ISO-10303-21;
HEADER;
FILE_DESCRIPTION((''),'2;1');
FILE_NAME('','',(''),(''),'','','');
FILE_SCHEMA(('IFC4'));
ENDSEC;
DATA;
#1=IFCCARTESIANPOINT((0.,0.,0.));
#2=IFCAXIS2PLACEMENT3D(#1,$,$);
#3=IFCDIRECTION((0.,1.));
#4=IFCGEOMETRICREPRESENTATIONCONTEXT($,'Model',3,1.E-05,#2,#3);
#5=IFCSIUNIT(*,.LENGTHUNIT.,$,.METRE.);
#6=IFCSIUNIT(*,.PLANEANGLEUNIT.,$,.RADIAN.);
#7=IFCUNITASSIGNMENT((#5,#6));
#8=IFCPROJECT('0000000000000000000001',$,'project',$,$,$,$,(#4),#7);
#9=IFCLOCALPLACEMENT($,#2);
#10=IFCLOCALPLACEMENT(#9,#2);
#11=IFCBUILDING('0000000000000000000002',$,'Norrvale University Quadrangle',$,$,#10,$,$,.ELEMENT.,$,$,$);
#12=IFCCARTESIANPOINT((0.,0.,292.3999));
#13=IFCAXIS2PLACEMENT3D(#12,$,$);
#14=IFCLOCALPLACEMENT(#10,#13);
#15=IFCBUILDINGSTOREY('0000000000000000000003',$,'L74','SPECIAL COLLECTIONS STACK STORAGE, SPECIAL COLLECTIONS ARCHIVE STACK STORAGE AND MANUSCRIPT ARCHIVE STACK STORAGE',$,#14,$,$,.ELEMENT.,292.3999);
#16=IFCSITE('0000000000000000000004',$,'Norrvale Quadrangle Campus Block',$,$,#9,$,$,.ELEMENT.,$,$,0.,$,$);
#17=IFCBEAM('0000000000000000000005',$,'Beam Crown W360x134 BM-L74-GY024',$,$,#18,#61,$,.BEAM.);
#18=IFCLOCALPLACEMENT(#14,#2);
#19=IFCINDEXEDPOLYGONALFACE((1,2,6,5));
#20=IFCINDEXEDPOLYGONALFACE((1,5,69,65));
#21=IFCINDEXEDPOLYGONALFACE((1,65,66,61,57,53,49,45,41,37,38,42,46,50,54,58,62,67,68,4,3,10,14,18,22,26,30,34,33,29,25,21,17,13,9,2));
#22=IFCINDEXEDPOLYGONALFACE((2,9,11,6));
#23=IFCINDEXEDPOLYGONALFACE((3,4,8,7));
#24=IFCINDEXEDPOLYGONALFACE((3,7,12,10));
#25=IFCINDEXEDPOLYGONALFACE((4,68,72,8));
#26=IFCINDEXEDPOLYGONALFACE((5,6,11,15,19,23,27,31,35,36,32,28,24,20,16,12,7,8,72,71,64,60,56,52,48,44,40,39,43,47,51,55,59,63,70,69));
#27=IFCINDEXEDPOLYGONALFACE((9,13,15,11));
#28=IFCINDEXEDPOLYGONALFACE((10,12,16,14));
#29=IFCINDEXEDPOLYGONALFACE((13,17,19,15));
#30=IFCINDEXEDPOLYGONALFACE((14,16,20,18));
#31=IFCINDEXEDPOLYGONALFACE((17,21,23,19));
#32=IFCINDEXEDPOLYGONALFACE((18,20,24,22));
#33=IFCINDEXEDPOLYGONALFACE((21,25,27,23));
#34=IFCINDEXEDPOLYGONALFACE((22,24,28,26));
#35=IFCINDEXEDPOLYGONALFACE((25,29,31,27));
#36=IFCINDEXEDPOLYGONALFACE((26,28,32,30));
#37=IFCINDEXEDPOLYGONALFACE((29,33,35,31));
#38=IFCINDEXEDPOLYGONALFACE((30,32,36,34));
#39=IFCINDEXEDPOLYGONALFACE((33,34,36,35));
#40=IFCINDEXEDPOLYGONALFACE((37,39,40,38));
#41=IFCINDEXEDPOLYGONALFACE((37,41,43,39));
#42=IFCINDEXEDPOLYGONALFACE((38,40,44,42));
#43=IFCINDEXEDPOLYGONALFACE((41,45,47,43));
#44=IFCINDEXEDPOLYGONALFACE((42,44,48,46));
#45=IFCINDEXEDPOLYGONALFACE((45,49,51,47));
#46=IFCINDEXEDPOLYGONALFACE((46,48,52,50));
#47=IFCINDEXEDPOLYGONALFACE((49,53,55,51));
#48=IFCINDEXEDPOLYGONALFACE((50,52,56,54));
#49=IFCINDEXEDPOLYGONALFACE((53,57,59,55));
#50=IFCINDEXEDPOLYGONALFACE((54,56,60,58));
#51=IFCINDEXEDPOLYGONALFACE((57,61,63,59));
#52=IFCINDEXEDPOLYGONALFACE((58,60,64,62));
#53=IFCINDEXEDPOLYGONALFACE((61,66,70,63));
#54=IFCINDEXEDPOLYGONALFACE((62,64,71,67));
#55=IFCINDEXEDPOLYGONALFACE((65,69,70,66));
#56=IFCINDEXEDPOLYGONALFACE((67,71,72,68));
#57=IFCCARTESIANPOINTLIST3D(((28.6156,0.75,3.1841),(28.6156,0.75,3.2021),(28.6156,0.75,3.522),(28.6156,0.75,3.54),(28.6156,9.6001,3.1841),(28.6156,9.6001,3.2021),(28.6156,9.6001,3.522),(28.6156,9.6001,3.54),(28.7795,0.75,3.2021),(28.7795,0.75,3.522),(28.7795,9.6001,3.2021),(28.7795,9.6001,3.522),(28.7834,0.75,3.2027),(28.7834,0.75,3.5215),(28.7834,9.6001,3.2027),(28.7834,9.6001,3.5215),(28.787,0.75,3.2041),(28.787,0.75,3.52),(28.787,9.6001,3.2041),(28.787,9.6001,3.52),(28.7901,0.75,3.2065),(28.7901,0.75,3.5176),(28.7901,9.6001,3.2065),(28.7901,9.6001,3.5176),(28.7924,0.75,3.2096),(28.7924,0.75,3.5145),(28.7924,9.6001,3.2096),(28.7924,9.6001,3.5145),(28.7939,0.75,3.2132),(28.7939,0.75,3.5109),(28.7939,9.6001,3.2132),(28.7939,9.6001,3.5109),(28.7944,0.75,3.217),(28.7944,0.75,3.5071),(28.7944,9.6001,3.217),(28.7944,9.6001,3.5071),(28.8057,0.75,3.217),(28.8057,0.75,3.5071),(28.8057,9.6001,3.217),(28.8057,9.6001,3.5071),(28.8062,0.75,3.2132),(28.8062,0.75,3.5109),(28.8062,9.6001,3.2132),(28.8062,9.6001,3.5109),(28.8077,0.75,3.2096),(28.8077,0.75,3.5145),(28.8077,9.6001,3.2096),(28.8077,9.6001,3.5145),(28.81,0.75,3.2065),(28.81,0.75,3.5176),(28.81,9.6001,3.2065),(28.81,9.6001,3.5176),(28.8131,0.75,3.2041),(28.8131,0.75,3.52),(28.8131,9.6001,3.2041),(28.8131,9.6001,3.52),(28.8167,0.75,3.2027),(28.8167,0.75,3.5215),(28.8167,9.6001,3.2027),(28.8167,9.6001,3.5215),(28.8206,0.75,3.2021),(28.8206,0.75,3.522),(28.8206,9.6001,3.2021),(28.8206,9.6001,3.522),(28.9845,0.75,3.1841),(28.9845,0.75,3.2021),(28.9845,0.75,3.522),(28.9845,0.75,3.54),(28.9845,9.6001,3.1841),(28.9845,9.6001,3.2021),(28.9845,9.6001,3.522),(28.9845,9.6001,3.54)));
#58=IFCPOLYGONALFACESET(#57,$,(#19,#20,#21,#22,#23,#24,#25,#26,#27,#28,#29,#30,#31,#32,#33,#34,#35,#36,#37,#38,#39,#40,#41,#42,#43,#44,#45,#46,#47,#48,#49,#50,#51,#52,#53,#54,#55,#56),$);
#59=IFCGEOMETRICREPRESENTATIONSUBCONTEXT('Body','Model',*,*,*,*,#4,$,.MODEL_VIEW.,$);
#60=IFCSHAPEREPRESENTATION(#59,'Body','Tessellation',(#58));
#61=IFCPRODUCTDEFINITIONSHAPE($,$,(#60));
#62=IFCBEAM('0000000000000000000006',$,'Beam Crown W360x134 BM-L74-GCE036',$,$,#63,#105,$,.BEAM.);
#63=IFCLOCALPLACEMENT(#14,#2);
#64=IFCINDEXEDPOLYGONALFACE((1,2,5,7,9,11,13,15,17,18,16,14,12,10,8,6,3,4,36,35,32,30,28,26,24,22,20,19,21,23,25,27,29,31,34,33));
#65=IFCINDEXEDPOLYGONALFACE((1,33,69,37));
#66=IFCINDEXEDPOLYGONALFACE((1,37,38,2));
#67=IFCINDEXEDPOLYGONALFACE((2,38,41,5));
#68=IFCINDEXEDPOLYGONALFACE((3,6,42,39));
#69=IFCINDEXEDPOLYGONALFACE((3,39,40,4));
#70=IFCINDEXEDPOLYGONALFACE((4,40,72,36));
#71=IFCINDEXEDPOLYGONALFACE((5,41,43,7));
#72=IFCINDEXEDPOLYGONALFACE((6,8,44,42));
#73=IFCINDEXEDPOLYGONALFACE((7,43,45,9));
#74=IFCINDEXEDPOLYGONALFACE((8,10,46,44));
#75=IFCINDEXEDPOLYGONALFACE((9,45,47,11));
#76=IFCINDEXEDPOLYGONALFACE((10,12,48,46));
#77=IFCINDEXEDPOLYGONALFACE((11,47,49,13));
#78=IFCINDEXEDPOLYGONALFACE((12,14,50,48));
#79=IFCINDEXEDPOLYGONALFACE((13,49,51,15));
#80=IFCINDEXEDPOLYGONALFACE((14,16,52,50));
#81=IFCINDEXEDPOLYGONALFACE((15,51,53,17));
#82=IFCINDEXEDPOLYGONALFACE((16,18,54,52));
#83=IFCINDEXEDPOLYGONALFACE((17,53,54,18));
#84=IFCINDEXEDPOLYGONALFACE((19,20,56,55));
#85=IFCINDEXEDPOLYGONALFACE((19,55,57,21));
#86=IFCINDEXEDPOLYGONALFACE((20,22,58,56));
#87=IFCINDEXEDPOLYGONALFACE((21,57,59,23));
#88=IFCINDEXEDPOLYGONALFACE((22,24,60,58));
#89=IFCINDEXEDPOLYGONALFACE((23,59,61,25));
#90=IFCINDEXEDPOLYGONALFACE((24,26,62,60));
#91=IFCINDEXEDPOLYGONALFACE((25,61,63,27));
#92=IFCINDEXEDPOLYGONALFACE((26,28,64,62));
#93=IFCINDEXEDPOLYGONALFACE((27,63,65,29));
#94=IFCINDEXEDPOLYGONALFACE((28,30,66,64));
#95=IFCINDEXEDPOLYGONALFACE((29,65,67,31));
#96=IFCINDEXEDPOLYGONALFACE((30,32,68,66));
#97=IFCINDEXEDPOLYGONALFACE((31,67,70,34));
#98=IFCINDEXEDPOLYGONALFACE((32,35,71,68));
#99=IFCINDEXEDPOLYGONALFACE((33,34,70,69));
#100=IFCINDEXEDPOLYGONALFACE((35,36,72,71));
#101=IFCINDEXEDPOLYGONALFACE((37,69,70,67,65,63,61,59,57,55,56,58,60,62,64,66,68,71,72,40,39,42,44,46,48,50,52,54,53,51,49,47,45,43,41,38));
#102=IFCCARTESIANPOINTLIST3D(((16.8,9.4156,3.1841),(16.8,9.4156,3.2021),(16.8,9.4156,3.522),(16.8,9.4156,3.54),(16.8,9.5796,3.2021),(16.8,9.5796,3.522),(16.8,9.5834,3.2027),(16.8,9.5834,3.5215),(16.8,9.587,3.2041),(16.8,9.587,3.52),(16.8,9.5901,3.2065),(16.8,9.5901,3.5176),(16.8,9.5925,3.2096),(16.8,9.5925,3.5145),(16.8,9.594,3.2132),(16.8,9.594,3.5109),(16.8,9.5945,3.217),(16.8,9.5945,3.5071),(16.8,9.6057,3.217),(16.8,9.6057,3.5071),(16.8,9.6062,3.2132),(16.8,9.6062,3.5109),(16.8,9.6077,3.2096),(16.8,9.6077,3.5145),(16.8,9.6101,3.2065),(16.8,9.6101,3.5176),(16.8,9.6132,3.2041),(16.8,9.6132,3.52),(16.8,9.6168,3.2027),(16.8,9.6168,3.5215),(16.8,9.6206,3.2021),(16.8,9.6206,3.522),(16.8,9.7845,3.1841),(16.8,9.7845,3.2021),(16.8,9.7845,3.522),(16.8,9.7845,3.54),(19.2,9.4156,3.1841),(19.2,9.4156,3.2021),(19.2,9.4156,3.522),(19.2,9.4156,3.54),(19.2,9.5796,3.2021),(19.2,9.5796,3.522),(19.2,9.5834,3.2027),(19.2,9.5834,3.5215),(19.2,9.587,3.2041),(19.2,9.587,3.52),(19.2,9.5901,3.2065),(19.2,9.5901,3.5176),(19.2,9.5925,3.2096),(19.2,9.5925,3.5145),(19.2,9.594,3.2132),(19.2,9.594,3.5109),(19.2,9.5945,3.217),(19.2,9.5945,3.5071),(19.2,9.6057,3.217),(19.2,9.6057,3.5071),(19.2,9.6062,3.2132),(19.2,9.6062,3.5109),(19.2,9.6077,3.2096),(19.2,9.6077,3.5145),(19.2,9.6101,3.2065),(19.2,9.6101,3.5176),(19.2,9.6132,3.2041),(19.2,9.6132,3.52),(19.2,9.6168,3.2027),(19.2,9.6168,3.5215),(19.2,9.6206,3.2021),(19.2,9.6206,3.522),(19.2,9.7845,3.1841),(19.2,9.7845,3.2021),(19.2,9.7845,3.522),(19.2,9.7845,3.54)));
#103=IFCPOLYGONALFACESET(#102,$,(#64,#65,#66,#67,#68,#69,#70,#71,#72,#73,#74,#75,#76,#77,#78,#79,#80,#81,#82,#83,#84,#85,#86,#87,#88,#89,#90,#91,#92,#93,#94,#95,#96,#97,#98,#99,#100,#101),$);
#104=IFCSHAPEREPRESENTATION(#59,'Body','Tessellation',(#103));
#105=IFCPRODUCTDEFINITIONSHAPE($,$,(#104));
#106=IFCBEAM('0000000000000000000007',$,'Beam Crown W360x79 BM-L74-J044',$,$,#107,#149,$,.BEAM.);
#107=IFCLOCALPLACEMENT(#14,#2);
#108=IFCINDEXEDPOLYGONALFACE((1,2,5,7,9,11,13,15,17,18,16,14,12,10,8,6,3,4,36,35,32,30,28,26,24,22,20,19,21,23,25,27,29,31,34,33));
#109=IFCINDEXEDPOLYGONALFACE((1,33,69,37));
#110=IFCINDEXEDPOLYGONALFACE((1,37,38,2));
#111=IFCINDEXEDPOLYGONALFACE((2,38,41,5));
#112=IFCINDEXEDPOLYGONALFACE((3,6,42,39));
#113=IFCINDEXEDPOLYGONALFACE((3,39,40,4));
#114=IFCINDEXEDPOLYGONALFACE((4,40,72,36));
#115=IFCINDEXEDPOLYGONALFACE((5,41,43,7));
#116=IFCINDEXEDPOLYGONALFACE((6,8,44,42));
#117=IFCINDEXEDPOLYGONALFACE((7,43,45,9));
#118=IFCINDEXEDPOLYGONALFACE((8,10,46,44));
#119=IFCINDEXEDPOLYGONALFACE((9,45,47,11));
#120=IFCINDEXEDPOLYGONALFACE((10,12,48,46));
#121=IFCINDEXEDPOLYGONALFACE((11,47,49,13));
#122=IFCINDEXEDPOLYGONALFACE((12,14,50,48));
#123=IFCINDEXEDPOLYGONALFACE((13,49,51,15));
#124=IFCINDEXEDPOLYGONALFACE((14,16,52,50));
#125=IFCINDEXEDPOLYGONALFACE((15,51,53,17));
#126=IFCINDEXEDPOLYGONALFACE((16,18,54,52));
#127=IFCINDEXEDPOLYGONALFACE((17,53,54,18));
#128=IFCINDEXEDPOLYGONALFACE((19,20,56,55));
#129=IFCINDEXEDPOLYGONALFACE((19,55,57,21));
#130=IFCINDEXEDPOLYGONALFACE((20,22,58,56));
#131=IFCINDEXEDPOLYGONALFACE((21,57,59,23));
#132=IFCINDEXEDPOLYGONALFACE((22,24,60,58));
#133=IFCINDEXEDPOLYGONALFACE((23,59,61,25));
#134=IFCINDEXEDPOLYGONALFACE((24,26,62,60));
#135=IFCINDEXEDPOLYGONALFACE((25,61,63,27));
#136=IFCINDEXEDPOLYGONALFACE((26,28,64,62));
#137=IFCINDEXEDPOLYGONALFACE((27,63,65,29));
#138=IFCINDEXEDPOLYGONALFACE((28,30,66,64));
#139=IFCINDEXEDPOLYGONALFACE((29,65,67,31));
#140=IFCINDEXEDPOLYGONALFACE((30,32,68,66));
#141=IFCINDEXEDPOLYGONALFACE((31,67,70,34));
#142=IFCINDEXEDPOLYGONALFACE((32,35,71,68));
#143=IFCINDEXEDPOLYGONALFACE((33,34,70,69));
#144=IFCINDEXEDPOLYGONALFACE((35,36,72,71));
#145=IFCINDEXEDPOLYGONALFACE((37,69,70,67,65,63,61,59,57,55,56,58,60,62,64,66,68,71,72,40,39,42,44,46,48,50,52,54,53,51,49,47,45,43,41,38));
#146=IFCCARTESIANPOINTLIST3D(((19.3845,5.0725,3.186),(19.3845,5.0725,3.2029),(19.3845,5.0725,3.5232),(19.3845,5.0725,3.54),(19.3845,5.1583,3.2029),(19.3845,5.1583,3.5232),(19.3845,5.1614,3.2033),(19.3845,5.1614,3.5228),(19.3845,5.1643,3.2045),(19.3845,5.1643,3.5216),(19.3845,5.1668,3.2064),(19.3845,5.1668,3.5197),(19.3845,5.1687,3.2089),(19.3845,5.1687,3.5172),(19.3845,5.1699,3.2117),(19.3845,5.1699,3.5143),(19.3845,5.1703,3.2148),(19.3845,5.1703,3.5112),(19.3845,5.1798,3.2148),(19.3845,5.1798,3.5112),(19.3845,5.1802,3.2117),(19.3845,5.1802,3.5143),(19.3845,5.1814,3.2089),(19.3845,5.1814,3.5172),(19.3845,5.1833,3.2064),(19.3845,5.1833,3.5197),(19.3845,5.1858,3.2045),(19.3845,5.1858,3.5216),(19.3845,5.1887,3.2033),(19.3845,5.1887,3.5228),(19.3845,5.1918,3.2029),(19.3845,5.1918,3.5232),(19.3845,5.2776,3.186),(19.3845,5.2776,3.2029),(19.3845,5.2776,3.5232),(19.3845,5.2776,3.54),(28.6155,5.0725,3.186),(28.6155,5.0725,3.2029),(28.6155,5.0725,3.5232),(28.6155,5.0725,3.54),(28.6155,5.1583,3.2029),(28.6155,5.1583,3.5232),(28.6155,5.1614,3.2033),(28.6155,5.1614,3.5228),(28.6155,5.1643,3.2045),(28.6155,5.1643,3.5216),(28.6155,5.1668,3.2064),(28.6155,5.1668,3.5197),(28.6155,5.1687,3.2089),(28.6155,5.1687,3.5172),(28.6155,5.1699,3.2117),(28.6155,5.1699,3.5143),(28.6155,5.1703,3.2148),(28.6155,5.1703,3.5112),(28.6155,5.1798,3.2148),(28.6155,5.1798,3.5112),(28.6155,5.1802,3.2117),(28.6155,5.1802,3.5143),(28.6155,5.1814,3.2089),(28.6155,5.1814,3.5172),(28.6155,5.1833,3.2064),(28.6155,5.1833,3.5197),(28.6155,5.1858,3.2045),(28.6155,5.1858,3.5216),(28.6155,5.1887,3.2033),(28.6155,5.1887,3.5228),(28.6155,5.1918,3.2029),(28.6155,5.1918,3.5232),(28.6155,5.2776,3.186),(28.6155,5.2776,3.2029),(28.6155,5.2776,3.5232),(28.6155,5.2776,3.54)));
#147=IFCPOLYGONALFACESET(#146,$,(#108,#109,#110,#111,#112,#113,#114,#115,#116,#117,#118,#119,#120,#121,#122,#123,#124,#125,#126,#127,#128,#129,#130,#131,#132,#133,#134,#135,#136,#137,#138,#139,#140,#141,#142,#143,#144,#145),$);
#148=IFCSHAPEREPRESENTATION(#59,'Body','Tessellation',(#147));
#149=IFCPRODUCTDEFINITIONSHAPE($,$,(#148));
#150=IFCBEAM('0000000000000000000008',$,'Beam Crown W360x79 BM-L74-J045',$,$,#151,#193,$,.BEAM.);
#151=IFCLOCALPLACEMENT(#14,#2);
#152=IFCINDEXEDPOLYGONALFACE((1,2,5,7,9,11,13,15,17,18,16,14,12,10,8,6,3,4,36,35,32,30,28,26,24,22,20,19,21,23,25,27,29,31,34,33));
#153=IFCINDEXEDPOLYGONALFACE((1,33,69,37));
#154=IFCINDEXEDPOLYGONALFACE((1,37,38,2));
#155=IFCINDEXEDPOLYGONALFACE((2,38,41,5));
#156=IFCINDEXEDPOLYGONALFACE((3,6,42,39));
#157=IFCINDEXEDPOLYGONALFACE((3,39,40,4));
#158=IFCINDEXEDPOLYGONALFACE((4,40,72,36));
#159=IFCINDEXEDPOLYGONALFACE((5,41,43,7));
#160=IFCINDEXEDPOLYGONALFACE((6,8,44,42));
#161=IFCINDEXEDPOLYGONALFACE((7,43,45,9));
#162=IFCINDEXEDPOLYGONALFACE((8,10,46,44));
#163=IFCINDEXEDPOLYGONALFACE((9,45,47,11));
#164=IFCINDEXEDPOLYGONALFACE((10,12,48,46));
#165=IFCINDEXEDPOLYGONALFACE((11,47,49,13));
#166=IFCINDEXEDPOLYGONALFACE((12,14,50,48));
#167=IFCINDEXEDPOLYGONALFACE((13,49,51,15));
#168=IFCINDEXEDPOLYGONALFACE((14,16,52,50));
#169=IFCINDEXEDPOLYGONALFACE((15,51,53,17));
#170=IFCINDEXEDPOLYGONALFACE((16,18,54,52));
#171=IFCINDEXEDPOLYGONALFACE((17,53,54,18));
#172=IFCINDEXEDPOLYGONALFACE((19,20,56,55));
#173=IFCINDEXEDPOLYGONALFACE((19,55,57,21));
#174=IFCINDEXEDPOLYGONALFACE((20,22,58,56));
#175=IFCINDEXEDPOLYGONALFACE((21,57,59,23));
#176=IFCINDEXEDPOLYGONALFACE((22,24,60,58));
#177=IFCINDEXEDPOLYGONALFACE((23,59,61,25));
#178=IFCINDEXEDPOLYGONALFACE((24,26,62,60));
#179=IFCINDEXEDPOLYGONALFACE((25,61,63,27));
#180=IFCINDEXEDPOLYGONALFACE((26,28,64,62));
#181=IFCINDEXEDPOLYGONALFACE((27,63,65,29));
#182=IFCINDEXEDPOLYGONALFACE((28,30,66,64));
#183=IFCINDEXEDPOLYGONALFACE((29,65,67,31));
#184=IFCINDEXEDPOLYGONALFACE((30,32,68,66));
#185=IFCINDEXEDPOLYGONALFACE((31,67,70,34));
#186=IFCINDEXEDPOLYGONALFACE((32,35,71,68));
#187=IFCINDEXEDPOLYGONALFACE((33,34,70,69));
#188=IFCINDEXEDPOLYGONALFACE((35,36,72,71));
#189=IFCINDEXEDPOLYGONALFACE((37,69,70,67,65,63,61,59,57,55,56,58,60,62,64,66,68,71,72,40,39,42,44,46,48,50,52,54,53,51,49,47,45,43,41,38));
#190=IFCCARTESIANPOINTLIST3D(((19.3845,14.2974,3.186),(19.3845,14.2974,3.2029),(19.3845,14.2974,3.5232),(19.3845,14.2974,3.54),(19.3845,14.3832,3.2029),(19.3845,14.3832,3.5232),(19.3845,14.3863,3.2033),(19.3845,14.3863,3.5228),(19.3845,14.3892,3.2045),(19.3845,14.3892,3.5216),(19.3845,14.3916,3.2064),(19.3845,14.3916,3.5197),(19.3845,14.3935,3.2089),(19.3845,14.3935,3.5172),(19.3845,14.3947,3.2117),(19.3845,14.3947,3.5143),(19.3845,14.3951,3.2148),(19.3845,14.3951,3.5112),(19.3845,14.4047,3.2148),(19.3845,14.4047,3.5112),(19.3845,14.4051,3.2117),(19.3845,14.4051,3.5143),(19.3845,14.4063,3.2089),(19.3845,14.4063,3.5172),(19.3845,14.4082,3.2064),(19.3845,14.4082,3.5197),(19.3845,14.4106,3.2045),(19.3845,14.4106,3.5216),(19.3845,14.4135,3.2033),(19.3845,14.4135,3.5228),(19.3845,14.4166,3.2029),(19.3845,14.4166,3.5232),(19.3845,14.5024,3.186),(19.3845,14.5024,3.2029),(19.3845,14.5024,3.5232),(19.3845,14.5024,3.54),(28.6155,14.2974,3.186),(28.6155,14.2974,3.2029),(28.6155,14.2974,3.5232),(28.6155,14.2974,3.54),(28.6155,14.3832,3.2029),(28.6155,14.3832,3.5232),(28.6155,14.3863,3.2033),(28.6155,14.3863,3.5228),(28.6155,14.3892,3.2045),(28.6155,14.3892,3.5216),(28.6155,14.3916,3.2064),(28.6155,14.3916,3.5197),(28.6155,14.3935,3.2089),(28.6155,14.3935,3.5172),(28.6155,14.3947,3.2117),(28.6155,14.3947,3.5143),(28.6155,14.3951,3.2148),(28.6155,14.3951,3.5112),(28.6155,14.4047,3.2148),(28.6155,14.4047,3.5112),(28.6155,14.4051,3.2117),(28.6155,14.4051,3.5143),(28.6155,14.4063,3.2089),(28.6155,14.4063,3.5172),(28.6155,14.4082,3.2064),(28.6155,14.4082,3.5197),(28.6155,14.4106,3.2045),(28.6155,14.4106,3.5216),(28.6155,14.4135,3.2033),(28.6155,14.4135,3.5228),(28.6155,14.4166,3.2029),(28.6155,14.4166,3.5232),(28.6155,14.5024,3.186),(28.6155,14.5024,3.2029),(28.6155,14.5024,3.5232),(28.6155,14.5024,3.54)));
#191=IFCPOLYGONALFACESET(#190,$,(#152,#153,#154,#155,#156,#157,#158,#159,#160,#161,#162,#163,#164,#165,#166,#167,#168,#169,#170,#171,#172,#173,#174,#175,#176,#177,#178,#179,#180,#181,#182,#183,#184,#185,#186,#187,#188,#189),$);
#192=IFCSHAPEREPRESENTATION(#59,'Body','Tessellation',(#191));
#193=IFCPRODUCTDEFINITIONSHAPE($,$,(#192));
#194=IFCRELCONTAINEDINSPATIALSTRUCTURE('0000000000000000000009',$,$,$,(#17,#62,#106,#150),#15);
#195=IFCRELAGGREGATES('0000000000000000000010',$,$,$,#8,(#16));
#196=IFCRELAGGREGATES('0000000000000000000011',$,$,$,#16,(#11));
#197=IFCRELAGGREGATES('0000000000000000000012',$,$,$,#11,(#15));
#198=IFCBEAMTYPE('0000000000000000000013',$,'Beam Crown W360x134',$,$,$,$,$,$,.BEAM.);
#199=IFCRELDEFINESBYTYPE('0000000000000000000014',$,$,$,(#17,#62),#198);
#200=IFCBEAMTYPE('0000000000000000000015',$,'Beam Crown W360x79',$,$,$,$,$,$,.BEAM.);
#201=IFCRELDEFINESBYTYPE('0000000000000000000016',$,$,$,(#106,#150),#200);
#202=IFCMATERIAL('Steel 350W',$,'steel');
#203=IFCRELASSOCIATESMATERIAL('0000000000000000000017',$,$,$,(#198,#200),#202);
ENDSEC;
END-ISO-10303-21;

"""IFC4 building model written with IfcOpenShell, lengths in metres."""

from ifc_helpers import new_model, si_unit, direction, frame, origin, origin_2d, place, context, subcontext, project, spatial, i_section, extrude, material, material_profile, profile_set, type_object, element, save


model = new_model("IFC4")

# Units and contexts
model_context = context("Model", 3, precision=1e-05, world=origin(), true_north=direction((0.0, 1.0)))
body_context = subcontext(model_context, "Body", "Model", "MODEL_VIEW")
ifc_project = project(units=[si_unit("LENGTHUNIT", "METRE"), si_unit("PLANEANGLEUNIT", "RADIAN")], contexts=[model_context])

# Site, building, storey
site_placement = place(None, origin())
site = spatial("IfcSite", under=ifc_project, at=site_placement, Name="Norrvale Quadrangle Campus Block", CompositionType="ELEMENT", RefElevation=0.0)
building_placement = place(site_placement, origin())
building = spatial("IfcBuilding", under=site, at=building_placement, Name="Norrvale University Quadrangle", CompositionType="ELEMENT")
storey_placement = place(building_placement, frame((0.0, 0.0, 292.3999)))
storey = spatial("IfcBuildingStorey", under=building, at=storey_placement, Name="L74", Description="SPECIAL COLLECTIONS STACK STORAGE, SPECIAL COLLECTIONS ARCHIVE STACK STORAGE AND MANUSCRIPT ARCHIVE STACK STORAGE", CompositionType="ELEMENT", Elevation=292.3999)

# Beams
ifc_material_1 = material(Name="Steel 350W", Category="steel")
ifc_material_profile_1 = material_profile(ifc_material_1, i_section(OverallWidth=0.3689, OverallDepth=0.356, WebThickness=0.0112, FlangeThickness=0.0181, FilletRadius=0.0149, at=origin_2d()), Name="Steel 350W")
ifc_profile_set_1 = profile_set([ifc_material_profile_1], Name="Steel 350W")
beam_type_1 = type_object("IfcBeamType", Name="Beam Crown W360x134", PredefinedType="BEAM", material=ifc_profile_set_1)
beam_1_placement = place(storey_placement, frame((28.8, 0.75, 3.3621), z_axis=(0.0, 1.0, 0.0), x_axis=(-1.0, 0.0, 0.0)))
element("IfcBeam", 1, at=beam_1_placement, inside=storey, type_object=beam_type_1, Name="Beam Crown W360x134 BM-L74-GY024", PredefinedType="BEAM", context=body_context, shape_type="SweptSolid", body=[
    extrude(i_section(OverallWidth=0.3689, OverallDepth=0.356, WebThickness=0.0112, FlangeThickness=0.0181, FilletRadius=0.0149, at=origin_2d()), origin(), (0.0, 0.0, 1.0), 8.8501),
])
beam_2_placement = place(storey_placement, frame((16.8, 9.6001, 3.3621), z_axis=(1.0, 0.0, 0.0), x_axis=(0.0, 1.0, 0.0)))
element("IfcBeam", 2, at=beam_2_placement, inside=storey, type_object=beam_type_1, Name="Beam Crown W360x134 BM-L74-GCE036", PredefinedType="BEAM", context=body_context, shape_type="SweptSolid", body=[
    extrude(i_section(OverallWidth=0.3689, OverallDepth=0.356, WebThickness=0.0112, FlangeThickness=0.0181, FilletRadius=0.0149, at=origin_2d()), origin(), (0.0, 0.0, 1.0), 2.3999),
])
ifc_material_profile_2 = material_profile(ifc_material_1, i_section(OverallWidth=0.2051, OverallDepth=0.354, WebThickness=0.0095, FlangeThickness=0.0168, FilletRadius=0.012, at=origin_2d()), Name="Steel 350W")
ifc_profile_set_2 = profile_set([ifc_material_profile_2], Name="Steel 350W")
beam_type_2 = type_object("IfcBeamType", Name="Beam Crown W360x79", PredefinedType="BEAM", material=ifc_profile_set_2)
for number, where, z_axis, x_axis, name in (
    (3, (19.3845, 5.175, 3.363), (1.0, 0.0, 0.0), (0.0, 1.0, 0.0), "Beam Crown W360x79 BM-L74-J044"),
    (4, (19.3845, 14.3999, 3.363), (1.0, 0.0, 0.0), (0.0, 1.0, 0.0), "Beam Crown W360x79 BM-L74-J045"),
):
    element("IfcBeam", number, at=place(storey_placement, frame(where, z_axis=z_axis, x_axis=x_axis)), inside=storey, type_object=beam_type_2, Name=name, PredefinedType="BEAM", context=body_context, shape_type="SweptSolid", body=[
        extrude(i_section(OverallWidth=0.2051, OverallDepth=0.354, WebThickness=0.0095, FlangeThickness=0.0168, FilletRadius=0.012, at=origin_2d()), origin(), (0.0, 0.0, 1.0), 9.231),
    ])

save(model, "model.ifc")
